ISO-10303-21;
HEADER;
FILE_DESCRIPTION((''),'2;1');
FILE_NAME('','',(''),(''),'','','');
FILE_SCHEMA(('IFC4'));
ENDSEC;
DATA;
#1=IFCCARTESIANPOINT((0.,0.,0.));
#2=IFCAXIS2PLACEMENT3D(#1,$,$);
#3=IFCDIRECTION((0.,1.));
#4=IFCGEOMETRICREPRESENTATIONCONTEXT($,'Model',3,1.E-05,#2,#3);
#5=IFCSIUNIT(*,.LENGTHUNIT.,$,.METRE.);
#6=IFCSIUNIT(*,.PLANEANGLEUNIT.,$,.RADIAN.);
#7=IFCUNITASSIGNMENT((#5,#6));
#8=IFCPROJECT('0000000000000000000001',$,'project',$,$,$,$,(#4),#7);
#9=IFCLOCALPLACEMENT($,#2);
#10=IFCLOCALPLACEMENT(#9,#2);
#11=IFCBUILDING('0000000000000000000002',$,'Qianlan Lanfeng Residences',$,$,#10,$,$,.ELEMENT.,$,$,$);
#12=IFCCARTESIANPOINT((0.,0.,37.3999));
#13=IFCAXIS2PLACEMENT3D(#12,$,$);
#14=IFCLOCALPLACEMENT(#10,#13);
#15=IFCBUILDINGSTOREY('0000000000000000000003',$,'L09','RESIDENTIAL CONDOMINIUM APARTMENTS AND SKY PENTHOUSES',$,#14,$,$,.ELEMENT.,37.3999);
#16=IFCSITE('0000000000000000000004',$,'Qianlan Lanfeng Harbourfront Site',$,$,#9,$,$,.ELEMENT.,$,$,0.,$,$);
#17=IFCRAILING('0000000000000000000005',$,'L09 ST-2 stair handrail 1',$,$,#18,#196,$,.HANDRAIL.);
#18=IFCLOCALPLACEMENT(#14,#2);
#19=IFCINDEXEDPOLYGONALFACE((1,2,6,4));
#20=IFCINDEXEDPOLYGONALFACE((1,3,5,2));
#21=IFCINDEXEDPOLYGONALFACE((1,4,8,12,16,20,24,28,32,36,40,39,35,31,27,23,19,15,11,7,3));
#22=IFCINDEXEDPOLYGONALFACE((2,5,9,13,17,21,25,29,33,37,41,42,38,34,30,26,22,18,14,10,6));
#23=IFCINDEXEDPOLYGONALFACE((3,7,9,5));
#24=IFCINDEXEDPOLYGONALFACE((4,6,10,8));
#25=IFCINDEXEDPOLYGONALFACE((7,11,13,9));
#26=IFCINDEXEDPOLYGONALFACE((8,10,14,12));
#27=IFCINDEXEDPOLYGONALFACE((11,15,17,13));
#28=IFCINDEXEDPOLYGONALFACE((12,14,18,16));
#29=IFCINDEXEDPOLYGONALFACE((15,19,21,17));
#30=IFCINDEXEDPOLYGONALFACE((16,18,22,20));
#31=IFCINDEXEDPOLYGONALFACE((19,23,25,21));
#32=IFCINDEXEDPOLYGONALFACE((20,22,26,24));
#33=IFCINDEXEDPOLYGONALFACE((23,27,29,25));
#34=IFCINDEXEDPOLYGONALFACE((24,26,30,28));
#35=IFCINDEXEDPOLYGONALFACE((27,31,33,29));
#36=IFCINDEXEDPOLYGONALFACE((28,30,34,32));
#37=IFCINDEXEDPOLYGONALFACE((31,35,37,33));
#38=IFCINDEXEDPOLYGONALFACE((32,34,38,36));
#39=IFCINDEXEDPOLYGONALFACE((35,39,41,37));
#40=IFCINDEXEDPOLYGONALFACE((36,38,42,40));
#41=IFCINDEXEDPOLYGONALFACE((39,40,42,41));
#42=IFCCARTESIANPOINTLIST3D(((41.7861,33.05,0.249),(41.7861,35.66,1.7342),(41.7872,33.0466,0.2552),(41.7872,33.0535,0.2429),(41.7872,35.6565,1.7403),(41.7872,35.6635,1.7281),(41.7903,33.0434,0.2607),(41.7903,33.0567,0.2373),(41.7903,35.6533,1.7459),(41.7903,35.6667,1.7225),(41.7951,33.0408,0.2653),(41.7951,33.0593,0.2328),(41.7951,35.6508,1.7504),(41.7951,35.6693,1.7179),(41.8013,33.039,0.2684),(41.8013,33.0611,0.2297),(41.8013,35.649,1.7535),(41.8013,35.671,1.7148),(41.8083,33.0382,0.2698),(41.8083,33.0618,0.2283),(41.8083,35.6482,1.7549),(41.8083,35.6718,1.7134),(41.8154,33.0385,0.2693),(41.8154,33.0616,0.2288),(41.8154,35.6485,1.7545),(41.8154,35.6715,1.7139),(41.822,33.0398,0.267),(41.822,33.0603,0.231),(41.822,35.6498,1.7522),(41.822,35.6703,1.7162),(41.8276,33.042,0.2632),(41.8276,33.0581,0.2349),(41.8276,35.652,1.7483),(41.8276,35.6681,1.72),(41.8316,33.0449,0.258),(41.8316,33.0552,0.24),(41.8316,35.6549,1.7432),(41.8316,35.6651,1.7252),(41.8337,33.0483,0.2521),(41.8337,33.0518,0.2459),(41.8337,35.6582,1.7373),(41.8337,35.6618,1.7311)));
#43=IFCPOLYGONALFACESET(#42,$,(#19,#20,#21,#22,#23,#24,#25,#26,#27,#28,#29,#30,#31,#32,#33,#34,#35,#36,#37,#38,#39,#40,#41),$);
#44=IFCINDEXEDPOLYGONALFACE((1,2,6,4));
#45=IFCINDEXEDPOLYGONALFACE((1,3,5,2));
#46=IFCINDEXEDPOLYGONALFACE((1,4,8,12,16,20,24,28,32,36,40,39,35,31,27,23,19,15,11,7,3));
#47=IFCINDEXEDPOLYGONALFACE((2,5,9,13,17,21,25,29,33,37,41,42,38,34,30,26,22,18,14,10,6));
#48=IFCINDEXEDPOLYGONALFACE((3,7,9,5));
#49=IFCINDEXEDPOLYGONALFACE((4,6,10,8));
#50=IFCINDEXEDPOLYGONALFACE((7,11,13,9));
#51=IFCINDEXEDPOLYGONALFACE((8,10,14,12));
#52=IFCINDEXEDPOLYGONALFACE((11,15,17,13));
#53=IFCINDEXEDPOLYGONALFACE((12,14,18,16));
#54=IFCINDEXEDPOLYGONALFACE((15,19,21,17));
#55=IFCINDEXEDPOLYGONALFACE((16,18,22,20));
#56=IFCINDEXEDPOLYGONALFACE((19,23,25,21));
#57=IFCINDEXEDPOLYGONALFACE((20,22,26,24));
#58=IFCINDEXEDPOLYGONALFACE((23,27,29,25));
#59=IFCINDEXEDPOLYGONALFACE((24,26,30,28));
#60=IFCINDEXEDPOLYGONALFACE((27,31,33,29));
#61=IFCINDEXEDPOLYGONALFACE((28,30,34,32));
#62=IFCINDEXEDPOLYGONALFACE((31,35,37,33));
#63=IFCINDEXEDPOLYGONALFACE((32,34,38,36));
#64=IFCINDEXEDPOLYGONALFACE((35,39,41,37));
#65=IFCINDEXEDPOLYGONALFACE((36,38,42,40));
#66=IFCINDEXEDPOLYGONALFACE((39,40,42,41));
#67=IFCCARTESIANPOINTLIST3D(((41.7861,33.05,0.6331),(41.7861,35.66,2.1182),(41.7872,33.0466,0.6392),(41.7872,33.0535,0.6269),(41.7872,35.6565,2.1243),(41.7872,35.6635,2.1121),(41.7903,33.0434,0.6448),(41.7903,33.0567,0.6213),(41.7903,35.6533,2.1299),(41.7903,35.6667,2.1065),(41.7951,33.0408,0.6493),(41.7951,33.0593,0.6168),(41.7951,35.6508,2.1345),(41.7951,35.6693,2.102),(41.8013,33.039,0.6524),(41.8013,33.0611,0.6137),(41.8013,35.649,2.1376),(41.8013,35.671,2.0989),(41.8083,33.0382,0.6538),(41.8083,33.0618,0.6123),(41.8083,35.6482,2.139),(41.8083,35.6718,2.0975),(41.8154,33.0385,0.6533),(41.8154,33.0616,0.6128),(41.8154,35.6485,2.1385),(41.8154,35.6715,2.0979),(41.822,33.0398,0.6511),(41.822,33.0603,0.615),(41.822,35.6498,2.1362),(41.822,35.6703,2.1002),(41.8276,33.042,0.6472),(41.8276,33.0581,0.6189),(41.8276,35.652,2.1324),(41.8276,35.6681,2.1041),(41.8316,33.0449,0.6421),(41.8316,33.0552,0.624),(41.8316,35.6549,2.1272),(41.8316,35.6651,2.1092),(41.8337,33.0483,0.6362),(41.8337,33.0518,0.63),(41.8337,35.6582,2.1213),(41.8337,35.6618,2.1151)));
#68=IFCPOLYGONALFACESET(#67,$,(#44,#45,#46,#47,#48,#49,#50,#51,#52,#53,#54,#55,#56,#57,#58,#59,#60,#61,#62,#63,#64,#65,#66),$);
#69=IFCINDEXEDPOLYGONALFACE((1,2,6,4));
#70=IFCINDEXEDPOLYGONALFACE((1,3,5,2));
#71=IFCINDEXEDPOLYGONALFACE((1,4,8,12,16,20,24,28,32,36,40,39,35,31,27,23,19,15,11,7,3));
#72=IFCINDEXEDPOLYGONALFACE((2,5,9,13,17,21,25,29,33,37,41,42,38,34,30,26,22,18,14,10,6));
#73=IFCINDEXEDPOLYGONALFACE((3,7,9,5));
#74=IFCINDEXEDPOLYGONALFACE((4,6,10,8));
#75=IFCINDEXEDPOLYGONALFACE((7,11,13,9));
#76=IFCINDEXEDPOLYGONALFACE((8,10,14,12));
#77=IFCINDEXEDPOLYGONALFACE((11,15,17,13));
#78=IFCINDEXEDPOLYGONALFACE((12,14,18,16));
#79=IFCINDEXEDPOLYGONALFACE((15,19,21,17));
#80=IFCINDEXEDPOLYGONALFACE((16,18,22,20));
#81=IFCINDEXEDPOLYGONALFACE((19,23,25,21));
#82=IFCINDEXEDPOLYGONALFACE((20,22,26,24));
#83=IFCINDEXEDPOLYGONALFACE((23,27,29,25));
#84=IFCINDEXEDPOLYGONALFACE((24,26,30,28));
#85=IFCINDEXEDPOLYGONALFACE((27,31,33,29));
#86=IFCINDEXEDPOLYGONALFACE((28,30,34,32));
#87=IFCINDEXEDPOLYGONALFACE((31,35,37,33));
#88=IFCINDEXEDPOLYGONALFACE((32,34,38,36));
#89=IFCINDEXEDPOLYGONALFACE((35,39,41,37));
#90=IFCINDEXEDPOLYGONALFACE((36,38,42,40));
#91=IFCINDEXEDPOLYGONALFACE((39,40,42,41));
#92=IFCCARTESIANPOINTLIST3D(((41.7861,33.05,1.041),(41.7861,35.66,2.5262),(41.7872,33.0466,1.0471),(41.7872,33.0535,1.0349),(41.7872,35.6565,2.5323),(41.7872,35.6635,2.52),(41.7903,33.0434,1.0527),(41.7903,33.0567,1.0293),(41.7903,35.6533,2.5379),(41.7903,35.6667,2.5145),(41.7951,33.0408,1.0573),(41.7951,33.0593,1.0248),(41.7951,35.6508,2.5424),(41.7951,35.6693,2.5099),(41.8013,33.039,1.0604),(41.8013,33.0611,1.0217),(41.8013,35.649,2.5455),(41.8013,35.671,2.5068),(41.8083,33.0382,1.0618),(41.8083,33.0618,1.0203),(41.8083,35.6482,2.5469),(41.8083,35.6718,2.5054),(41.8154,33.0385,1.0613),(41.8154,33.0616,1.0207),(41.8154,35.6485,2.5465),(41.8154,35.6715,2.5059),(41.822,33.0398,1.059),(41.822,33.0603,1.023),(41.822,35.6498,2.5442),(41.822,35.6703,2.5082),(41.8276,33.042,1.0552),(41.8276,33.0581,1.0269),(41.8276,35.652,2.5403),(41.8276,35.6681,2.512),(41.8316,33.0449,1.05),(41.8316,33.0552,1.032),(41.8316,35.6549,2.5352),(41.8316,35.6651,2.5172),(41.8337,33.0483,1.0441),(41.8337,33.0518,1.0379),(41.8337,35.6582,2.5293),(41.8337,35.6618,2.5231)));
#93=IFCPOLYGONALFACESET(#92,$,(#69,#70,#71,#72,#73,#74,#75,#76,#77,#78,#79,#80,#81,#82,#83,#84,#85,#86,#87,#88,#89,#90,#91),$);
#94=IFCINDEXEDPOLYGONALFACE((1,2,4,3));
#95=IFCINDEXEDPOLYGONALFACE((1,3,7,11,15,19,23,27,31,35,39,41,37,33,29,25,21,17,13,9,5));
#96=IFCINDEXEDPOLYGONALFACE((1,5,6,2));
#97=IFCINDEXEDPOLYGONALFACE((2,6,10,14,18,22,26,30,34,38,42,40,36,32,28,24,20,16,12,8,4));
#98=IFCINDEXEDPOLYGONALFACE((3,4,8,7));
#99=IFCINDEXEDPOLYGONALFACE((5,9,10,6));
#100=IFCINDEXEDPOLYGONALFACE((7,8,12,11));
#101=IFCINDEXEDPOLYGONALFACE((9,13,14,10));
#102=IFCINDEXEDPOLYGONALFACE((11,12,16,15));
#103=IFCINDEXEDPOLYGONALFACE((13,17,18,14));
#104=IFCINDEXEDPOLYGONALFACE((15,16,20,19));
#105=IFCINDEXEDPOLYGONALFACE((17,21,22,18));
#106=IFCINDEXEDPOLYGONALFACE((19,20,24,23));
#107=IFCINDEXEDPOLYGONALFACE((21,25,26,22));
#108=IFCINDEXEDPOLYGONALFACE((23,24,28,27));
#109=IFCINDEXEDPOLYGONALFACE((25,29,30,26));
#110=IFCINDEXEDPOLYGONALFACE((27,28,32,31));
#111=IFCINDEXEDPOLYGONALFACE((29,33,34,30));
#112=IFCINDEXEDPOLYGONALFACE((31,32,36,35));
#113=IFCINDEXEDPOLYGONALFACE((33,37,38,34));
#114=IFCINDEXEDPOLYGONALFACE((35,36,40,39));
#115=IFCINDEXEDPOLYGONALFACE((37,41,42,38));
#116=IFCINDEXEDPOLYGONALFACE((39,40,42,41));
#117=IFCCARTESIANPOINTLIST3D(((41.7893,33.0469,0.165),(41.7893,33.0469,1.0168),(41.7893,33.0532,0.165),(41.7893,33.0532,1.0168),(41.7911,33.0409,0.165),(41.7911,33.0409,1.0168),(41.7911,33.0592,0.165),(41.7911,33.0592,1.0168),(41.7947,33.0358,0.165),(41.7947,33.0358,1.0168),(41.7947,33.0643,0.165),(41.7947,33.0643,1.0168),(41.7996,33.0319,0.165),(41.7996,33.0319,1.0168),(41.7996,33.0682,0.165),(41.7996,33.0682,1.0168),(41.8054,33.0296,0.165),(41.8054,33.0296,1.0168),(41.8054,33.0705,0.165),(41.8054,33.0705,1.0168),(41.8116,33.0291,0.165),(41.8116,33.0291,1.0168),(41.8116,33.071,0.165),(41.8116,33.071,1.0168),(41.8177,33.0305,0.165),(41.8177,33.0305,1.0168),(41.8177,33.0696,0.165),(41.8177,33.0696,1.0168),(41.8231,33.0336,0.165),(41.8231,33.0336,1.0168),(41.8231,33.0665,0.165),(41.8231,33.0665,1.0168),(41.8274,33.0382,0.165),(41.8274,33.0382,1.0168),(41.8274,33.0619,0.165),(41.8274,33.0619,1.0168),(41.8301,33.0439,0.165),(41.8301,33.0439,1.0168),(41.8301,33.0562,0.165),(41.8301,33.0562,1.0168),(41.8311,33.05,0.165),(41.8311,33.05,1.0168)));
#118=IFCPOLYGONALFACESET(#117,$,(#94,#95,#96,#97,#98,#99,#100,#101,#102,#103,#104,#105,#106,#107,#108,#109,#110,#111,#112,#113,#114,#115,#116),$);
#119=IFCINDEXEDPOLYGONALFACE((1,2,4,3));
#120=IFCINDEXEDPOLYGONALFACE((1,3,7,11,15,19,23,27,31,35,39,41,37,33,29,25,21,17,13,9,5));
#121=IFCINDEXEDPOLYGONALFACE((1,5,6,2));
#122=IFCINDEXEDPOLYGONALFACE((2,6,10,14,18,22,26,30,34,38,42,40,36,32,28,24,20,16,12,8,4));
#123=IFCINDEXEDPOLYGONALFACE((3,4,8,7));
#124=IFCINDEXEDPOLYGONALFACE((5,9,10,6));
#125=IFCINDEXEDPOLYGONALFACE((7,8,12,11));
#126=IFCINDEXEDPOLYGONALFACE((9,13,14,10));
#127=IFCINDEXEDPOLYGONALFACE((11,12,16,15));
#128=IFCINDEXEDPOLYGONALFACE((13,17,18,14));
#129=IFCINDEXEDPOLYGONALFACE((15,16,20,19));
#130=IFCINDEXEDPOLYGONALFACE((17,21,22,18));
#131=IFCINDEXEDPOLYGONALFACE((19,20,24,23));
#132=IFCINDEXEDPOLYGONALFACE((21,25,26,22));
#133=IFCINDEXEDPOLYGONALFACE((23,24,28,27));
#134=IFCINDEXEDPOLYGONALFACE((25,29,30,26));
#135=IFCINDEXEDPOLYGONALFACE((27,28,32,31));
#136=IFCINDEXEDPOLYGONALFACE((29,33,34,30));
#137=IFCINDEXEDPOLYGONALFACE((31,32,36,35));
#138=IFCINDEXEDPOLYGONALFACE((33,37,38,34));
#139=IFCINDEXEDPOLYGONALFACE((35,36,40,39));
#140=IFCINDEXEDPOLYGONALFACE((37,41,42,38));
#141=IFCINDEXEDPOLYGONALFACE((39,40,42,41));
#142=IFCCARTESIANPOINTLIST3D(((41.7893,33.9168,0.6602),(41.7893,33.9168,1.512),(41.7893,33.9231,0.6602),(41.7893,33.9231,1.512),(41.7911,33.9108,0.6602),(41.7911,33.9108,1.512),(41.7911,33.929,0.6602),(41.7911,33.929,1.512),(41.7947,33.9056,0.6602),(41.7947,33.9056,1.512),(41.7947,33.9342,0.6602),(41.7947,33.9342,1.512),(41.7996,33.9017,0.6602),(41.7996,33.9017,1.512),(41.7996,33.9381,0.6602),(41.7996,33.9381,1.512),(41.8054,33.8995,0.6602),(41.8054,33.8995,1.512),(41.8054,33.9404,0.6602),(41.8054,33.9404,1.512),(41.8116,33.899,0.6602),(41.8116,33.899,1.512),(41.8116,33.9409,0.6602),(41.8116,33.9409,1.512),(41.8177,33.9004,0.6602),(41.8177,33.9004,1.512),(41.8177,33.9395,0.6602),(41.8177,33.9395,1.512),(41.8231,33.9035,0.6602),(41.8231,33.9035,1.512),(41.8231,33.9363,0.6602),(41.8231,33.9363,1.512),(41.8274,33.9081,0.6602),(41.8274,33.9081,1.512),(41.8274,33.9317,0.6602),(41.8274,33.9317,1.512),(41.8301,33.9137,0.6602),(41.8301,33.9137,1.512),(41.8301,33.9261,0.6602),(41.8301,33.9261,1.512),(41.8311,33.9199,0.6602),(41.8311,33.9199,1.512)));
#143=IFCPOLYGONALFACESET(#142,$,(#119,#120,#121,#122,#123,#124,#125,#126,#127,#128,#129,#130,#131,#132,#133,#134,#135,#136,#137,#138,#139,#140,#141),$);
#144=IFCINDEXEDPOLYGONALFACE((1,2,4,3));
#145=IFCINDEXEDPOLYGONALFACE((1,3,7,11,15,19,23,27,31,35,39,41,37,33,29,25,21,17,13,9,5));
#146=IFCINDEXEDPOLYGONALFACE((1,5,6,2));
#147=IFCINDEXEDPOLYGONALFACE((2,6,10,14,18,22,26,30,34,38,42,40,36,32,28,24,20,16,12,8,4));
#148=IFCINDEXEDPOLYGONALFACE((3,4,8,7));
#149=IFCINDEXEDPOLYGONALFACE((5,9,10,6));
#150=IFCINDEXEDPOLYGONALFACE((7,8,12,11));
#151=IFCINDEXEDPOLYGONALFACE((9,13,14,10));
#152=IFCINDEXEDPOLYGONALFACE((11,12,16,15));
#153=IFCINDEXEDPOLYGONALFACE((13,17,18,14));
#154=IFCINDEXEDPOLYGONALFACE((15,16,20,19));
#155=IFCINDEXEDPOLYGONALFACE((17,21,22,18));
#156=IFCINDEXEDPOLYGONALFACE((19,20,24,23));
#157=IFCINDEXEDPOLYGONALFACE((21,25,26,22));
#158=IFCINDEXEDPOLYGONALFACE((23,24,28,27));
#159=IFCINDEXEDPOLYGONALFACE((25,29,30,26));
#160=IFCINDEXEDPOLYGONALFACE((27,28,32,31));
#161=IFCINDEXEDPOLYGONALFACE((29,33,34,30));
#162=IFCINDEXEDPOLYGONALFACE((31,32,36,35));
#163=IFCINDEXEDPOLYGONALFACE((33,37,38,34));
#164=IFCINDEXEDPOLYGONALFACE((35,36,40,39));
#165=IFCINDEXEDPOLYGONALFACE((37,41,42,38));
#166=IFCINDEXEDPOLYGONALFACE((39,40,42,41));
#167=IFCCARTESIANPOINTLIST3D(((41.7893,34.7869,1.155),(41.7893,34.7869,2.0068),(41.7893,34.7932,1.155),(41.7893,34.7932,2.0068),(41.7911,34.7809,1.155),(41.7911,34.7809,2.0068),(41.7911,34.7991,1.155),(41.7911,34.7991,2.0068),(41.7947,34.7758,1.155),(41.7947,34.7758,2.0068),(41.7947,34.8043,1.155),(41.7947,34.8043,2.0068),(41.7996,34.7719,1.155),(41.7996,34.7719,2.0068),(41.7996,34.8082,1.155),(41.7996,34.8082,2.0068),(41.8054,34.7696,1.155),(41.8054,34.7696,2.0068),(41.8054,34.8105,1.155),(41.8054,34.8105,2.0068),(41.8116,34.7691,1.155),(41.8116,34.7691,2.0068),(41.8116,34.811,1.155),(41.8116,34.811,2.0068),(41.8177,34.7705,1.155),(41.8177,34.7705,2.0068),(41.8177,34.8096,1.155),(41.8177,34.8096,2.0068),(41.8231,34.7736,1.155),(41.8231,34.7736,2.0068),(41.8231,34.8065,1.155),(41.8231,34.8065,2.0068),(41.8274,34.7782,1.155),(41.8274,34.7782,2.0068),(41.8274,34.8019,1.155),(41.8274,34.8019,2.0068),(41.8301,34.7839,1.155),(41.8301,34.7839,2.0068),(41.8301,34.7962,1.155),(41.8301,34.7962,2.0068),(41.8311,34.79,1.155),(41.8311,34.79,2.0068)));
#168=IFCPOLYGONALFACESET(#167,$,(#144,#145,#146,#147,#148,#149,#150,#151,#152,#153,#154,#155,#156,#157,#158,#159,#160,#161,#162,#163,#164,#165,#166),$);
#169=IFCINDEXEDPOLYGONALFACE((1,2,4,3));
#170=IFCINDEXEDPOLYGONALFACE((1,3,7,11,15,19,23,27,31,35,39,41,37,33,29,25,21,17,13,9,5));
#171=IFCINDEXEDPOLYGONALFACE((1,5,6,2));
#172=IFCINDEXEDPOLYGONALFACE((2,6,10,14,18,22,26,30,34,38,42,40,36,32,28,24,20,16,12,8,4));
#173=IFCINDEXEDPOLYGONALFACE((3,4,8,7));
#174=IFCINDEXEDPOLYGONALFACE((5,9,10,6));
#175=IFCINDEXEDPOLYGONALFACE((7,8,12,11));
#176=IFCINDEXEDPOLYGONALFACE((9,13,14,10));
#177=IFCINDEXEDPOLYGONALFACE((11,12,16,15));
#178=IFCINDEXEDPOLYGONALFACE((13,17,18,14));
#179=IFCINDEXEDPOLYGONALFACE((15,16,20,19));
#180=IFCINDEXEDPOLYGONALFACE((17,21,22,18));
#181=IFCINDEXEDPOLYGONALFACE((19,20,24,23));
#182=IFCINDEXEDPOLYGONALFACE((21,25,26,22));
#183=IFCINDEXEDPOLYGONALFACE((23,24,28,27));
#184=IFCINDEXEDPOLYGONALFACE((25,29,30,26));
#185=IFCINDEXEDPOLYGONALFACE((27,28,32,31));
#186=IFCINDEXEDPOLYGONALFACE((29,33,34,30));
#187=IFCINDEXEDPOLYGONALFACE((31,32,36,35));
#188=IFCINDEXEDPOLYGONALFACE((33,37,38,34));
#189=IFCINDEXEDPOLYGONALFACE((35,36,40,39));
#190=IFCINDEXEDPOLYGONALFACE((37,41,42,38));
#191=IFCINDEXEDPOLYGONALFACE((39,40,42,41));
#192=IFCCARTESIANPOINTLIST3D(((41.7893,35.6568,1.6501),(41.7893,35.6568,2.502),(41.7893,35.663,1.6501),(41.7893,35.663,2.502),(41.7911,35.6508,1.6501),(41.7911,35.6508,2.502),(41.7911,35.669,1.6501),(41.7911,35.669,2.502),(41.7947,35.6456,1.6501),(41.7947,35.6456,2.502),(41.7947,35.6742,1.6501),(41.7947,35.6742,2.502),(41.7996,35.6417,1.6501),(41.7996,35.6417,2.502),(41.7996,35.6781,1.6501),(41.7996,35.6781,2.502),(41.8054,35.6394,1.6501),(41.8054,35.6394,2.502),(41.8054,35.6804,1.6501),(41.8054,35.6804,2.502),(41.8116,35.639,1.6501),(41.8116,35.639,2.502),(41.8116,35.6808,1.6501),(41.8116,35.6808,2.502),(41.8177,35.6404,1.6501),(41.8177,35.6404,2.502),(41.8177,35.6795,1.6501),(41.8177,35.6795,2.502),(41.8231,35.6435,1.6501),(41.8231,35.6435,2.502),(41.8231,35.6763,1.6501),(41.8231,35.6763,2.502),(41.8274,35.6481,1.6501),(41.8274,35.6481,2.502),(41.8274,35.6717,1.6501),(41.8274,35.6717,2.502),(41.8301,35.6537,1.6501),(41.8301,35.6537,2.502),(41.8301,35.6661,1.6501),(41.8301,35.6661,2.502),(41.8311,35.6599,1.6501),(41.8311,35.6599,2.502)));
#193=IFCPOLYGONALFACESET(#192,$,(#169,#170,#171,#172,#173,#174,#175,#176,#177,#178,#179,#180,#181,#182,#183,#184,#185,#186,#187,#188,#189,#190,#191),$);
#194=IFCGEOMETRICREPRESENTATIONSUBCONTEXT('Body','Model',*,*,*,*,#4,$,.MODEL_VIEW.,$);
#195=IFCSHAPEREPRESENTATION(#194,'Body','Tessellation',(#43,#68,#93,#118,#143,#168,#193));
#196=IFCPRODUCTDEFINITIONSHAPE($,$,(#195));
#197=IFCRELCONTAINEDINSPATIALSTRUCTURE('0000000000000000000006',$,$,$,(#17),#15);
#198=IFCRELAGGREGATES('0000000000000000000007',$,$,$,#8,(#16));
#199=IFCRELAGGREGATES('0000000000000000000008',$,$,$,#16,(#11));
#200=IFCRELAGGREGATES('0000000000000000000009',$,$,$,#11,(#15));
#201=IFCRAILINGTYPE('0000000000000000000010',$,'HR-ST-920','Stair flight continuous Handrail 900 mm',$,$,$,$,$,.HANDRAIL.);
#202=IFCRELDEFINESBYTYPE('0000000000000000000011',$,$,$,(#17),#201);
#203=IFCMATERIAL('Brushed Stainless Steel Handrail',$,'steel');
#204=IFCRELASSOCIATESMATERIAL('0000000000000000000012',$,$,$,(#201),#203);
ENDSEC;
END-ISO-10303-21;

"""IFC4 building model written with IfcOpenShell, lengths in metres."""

from ifc_helpers import new_model, si_unit, direction, frame, origin, origin_2d, place, context, subcontext, project, spatial, circle, extrude, material, type_object, element, save


model = new_model("IFC4")

# Units and contexts
model_context = context("Model", 3, precision=1e-05, world=origin(), true_north=direction((0.0, 1.0)))
body_context = subcontext(model_context, "Body", "Model", "MODEL_VIEW")
ifc_project = project(units=[si_unit("LENGTHUNIT", "METRE"), si_unit("PLANEANGLEUNIT", "RADIAN")], contexts=[model_context])

# Site, building, storey
site_placement = place(None, origin())
site = spatial("IfcSite", under=ifc_project, at=site_placement, Name="Qianlan Lanfeng Harbourfront Site", CompositionType="ELEMENT", RefElevation=0.0)
building_placement = place(site_placement, origin())
building = spatial("IfcBuilding", under=site, at=building_placement, Name="Qianlan Lanfeng Residences", CompositionType="ELEMENT")
storey_placement = place(building_placement, frame((0.0, 0.0, 37.3999)))
storey = spatial("IfcBuildingStorey", under=building, at=storey_placement, Name="L09", Description="RESIDENTIAL CONDOMINIUM APARTMENTS AND SKY PENTHOUSES", CompositionType="ELEMENT", Elevation=37.3999)

# Railing
ifc_material_1 = material(Name="Brushed Stainless Steel Handrail", Category="steel")
railing_type_1 = type_object("IfcRailingType", Name="HR-ST-920", Description="Stair flight continuous Handrail 900 mm", PredefinedType="HANDRAIL", material=ifc_material_1)
railing_1_placement = place(storey_placement, frame((41.8101, 33.05, 0.165)))
element("IfcRailing", 1, at=railing_1_placement, inside=storey, type_object=railing_type_1, Name="L09 ST-2 stair handrail 1", PredefinedType="HANDRAIL", context=body_context, shape_type="SweptSolid", body=[
    extrude(circle(Radius=0.0239, at=origin_2d()), frame((0.0, 0.0, 0.084), z_axis=(0.0, 0.869137, 0.494571), x_axis=(-1.0, 0.0, 0.0)), (0.0, 0.0, 1.0), 3.0029),
    extrude(circle(Radius=0.0239, at=origin_2d()), frame((0.0, 0.0, 0.468), z_axis=(0.0, 0.869137, 0.494571), x_axis=(-1.0, 0.0, 0.0)), (0.0, 0.0, 1.0), 3.0029),
    extrude(circle(Radius=0.0239, at=origin_2d()), frame((0.0, 0.0, 0.876), z_axis=(0.0, 0.869137, 0.494571), x_axis=(-1.0, 0.0, 0.0)), (0.0, 0.0, 1.0), 3.0029),
    extrude(circle(Radius=0.021, at=origin_2d()), origin(), (0.0, 0.0, 1.0), 0.8518),
    extrude(circle(Radius=0.021, at=origin_2d()), frame((0.0, 0.8699, 0.4951)), (0.0, 0.0, 1.0), 0.8518),
    extrude(circle(Radius=0.021, at=origin_2d()), frame((0.0, 1.74, 0.99)), (0.0, 0.0, 1.0), 0.8518),
    extrude(circle(Radius=0.021, at=origin_2d()), frame((0.0, 2.6099, 1.4851)), (0.0, 0.0, 1.0), 0.8518),
])

save(model, "model.ifc")
